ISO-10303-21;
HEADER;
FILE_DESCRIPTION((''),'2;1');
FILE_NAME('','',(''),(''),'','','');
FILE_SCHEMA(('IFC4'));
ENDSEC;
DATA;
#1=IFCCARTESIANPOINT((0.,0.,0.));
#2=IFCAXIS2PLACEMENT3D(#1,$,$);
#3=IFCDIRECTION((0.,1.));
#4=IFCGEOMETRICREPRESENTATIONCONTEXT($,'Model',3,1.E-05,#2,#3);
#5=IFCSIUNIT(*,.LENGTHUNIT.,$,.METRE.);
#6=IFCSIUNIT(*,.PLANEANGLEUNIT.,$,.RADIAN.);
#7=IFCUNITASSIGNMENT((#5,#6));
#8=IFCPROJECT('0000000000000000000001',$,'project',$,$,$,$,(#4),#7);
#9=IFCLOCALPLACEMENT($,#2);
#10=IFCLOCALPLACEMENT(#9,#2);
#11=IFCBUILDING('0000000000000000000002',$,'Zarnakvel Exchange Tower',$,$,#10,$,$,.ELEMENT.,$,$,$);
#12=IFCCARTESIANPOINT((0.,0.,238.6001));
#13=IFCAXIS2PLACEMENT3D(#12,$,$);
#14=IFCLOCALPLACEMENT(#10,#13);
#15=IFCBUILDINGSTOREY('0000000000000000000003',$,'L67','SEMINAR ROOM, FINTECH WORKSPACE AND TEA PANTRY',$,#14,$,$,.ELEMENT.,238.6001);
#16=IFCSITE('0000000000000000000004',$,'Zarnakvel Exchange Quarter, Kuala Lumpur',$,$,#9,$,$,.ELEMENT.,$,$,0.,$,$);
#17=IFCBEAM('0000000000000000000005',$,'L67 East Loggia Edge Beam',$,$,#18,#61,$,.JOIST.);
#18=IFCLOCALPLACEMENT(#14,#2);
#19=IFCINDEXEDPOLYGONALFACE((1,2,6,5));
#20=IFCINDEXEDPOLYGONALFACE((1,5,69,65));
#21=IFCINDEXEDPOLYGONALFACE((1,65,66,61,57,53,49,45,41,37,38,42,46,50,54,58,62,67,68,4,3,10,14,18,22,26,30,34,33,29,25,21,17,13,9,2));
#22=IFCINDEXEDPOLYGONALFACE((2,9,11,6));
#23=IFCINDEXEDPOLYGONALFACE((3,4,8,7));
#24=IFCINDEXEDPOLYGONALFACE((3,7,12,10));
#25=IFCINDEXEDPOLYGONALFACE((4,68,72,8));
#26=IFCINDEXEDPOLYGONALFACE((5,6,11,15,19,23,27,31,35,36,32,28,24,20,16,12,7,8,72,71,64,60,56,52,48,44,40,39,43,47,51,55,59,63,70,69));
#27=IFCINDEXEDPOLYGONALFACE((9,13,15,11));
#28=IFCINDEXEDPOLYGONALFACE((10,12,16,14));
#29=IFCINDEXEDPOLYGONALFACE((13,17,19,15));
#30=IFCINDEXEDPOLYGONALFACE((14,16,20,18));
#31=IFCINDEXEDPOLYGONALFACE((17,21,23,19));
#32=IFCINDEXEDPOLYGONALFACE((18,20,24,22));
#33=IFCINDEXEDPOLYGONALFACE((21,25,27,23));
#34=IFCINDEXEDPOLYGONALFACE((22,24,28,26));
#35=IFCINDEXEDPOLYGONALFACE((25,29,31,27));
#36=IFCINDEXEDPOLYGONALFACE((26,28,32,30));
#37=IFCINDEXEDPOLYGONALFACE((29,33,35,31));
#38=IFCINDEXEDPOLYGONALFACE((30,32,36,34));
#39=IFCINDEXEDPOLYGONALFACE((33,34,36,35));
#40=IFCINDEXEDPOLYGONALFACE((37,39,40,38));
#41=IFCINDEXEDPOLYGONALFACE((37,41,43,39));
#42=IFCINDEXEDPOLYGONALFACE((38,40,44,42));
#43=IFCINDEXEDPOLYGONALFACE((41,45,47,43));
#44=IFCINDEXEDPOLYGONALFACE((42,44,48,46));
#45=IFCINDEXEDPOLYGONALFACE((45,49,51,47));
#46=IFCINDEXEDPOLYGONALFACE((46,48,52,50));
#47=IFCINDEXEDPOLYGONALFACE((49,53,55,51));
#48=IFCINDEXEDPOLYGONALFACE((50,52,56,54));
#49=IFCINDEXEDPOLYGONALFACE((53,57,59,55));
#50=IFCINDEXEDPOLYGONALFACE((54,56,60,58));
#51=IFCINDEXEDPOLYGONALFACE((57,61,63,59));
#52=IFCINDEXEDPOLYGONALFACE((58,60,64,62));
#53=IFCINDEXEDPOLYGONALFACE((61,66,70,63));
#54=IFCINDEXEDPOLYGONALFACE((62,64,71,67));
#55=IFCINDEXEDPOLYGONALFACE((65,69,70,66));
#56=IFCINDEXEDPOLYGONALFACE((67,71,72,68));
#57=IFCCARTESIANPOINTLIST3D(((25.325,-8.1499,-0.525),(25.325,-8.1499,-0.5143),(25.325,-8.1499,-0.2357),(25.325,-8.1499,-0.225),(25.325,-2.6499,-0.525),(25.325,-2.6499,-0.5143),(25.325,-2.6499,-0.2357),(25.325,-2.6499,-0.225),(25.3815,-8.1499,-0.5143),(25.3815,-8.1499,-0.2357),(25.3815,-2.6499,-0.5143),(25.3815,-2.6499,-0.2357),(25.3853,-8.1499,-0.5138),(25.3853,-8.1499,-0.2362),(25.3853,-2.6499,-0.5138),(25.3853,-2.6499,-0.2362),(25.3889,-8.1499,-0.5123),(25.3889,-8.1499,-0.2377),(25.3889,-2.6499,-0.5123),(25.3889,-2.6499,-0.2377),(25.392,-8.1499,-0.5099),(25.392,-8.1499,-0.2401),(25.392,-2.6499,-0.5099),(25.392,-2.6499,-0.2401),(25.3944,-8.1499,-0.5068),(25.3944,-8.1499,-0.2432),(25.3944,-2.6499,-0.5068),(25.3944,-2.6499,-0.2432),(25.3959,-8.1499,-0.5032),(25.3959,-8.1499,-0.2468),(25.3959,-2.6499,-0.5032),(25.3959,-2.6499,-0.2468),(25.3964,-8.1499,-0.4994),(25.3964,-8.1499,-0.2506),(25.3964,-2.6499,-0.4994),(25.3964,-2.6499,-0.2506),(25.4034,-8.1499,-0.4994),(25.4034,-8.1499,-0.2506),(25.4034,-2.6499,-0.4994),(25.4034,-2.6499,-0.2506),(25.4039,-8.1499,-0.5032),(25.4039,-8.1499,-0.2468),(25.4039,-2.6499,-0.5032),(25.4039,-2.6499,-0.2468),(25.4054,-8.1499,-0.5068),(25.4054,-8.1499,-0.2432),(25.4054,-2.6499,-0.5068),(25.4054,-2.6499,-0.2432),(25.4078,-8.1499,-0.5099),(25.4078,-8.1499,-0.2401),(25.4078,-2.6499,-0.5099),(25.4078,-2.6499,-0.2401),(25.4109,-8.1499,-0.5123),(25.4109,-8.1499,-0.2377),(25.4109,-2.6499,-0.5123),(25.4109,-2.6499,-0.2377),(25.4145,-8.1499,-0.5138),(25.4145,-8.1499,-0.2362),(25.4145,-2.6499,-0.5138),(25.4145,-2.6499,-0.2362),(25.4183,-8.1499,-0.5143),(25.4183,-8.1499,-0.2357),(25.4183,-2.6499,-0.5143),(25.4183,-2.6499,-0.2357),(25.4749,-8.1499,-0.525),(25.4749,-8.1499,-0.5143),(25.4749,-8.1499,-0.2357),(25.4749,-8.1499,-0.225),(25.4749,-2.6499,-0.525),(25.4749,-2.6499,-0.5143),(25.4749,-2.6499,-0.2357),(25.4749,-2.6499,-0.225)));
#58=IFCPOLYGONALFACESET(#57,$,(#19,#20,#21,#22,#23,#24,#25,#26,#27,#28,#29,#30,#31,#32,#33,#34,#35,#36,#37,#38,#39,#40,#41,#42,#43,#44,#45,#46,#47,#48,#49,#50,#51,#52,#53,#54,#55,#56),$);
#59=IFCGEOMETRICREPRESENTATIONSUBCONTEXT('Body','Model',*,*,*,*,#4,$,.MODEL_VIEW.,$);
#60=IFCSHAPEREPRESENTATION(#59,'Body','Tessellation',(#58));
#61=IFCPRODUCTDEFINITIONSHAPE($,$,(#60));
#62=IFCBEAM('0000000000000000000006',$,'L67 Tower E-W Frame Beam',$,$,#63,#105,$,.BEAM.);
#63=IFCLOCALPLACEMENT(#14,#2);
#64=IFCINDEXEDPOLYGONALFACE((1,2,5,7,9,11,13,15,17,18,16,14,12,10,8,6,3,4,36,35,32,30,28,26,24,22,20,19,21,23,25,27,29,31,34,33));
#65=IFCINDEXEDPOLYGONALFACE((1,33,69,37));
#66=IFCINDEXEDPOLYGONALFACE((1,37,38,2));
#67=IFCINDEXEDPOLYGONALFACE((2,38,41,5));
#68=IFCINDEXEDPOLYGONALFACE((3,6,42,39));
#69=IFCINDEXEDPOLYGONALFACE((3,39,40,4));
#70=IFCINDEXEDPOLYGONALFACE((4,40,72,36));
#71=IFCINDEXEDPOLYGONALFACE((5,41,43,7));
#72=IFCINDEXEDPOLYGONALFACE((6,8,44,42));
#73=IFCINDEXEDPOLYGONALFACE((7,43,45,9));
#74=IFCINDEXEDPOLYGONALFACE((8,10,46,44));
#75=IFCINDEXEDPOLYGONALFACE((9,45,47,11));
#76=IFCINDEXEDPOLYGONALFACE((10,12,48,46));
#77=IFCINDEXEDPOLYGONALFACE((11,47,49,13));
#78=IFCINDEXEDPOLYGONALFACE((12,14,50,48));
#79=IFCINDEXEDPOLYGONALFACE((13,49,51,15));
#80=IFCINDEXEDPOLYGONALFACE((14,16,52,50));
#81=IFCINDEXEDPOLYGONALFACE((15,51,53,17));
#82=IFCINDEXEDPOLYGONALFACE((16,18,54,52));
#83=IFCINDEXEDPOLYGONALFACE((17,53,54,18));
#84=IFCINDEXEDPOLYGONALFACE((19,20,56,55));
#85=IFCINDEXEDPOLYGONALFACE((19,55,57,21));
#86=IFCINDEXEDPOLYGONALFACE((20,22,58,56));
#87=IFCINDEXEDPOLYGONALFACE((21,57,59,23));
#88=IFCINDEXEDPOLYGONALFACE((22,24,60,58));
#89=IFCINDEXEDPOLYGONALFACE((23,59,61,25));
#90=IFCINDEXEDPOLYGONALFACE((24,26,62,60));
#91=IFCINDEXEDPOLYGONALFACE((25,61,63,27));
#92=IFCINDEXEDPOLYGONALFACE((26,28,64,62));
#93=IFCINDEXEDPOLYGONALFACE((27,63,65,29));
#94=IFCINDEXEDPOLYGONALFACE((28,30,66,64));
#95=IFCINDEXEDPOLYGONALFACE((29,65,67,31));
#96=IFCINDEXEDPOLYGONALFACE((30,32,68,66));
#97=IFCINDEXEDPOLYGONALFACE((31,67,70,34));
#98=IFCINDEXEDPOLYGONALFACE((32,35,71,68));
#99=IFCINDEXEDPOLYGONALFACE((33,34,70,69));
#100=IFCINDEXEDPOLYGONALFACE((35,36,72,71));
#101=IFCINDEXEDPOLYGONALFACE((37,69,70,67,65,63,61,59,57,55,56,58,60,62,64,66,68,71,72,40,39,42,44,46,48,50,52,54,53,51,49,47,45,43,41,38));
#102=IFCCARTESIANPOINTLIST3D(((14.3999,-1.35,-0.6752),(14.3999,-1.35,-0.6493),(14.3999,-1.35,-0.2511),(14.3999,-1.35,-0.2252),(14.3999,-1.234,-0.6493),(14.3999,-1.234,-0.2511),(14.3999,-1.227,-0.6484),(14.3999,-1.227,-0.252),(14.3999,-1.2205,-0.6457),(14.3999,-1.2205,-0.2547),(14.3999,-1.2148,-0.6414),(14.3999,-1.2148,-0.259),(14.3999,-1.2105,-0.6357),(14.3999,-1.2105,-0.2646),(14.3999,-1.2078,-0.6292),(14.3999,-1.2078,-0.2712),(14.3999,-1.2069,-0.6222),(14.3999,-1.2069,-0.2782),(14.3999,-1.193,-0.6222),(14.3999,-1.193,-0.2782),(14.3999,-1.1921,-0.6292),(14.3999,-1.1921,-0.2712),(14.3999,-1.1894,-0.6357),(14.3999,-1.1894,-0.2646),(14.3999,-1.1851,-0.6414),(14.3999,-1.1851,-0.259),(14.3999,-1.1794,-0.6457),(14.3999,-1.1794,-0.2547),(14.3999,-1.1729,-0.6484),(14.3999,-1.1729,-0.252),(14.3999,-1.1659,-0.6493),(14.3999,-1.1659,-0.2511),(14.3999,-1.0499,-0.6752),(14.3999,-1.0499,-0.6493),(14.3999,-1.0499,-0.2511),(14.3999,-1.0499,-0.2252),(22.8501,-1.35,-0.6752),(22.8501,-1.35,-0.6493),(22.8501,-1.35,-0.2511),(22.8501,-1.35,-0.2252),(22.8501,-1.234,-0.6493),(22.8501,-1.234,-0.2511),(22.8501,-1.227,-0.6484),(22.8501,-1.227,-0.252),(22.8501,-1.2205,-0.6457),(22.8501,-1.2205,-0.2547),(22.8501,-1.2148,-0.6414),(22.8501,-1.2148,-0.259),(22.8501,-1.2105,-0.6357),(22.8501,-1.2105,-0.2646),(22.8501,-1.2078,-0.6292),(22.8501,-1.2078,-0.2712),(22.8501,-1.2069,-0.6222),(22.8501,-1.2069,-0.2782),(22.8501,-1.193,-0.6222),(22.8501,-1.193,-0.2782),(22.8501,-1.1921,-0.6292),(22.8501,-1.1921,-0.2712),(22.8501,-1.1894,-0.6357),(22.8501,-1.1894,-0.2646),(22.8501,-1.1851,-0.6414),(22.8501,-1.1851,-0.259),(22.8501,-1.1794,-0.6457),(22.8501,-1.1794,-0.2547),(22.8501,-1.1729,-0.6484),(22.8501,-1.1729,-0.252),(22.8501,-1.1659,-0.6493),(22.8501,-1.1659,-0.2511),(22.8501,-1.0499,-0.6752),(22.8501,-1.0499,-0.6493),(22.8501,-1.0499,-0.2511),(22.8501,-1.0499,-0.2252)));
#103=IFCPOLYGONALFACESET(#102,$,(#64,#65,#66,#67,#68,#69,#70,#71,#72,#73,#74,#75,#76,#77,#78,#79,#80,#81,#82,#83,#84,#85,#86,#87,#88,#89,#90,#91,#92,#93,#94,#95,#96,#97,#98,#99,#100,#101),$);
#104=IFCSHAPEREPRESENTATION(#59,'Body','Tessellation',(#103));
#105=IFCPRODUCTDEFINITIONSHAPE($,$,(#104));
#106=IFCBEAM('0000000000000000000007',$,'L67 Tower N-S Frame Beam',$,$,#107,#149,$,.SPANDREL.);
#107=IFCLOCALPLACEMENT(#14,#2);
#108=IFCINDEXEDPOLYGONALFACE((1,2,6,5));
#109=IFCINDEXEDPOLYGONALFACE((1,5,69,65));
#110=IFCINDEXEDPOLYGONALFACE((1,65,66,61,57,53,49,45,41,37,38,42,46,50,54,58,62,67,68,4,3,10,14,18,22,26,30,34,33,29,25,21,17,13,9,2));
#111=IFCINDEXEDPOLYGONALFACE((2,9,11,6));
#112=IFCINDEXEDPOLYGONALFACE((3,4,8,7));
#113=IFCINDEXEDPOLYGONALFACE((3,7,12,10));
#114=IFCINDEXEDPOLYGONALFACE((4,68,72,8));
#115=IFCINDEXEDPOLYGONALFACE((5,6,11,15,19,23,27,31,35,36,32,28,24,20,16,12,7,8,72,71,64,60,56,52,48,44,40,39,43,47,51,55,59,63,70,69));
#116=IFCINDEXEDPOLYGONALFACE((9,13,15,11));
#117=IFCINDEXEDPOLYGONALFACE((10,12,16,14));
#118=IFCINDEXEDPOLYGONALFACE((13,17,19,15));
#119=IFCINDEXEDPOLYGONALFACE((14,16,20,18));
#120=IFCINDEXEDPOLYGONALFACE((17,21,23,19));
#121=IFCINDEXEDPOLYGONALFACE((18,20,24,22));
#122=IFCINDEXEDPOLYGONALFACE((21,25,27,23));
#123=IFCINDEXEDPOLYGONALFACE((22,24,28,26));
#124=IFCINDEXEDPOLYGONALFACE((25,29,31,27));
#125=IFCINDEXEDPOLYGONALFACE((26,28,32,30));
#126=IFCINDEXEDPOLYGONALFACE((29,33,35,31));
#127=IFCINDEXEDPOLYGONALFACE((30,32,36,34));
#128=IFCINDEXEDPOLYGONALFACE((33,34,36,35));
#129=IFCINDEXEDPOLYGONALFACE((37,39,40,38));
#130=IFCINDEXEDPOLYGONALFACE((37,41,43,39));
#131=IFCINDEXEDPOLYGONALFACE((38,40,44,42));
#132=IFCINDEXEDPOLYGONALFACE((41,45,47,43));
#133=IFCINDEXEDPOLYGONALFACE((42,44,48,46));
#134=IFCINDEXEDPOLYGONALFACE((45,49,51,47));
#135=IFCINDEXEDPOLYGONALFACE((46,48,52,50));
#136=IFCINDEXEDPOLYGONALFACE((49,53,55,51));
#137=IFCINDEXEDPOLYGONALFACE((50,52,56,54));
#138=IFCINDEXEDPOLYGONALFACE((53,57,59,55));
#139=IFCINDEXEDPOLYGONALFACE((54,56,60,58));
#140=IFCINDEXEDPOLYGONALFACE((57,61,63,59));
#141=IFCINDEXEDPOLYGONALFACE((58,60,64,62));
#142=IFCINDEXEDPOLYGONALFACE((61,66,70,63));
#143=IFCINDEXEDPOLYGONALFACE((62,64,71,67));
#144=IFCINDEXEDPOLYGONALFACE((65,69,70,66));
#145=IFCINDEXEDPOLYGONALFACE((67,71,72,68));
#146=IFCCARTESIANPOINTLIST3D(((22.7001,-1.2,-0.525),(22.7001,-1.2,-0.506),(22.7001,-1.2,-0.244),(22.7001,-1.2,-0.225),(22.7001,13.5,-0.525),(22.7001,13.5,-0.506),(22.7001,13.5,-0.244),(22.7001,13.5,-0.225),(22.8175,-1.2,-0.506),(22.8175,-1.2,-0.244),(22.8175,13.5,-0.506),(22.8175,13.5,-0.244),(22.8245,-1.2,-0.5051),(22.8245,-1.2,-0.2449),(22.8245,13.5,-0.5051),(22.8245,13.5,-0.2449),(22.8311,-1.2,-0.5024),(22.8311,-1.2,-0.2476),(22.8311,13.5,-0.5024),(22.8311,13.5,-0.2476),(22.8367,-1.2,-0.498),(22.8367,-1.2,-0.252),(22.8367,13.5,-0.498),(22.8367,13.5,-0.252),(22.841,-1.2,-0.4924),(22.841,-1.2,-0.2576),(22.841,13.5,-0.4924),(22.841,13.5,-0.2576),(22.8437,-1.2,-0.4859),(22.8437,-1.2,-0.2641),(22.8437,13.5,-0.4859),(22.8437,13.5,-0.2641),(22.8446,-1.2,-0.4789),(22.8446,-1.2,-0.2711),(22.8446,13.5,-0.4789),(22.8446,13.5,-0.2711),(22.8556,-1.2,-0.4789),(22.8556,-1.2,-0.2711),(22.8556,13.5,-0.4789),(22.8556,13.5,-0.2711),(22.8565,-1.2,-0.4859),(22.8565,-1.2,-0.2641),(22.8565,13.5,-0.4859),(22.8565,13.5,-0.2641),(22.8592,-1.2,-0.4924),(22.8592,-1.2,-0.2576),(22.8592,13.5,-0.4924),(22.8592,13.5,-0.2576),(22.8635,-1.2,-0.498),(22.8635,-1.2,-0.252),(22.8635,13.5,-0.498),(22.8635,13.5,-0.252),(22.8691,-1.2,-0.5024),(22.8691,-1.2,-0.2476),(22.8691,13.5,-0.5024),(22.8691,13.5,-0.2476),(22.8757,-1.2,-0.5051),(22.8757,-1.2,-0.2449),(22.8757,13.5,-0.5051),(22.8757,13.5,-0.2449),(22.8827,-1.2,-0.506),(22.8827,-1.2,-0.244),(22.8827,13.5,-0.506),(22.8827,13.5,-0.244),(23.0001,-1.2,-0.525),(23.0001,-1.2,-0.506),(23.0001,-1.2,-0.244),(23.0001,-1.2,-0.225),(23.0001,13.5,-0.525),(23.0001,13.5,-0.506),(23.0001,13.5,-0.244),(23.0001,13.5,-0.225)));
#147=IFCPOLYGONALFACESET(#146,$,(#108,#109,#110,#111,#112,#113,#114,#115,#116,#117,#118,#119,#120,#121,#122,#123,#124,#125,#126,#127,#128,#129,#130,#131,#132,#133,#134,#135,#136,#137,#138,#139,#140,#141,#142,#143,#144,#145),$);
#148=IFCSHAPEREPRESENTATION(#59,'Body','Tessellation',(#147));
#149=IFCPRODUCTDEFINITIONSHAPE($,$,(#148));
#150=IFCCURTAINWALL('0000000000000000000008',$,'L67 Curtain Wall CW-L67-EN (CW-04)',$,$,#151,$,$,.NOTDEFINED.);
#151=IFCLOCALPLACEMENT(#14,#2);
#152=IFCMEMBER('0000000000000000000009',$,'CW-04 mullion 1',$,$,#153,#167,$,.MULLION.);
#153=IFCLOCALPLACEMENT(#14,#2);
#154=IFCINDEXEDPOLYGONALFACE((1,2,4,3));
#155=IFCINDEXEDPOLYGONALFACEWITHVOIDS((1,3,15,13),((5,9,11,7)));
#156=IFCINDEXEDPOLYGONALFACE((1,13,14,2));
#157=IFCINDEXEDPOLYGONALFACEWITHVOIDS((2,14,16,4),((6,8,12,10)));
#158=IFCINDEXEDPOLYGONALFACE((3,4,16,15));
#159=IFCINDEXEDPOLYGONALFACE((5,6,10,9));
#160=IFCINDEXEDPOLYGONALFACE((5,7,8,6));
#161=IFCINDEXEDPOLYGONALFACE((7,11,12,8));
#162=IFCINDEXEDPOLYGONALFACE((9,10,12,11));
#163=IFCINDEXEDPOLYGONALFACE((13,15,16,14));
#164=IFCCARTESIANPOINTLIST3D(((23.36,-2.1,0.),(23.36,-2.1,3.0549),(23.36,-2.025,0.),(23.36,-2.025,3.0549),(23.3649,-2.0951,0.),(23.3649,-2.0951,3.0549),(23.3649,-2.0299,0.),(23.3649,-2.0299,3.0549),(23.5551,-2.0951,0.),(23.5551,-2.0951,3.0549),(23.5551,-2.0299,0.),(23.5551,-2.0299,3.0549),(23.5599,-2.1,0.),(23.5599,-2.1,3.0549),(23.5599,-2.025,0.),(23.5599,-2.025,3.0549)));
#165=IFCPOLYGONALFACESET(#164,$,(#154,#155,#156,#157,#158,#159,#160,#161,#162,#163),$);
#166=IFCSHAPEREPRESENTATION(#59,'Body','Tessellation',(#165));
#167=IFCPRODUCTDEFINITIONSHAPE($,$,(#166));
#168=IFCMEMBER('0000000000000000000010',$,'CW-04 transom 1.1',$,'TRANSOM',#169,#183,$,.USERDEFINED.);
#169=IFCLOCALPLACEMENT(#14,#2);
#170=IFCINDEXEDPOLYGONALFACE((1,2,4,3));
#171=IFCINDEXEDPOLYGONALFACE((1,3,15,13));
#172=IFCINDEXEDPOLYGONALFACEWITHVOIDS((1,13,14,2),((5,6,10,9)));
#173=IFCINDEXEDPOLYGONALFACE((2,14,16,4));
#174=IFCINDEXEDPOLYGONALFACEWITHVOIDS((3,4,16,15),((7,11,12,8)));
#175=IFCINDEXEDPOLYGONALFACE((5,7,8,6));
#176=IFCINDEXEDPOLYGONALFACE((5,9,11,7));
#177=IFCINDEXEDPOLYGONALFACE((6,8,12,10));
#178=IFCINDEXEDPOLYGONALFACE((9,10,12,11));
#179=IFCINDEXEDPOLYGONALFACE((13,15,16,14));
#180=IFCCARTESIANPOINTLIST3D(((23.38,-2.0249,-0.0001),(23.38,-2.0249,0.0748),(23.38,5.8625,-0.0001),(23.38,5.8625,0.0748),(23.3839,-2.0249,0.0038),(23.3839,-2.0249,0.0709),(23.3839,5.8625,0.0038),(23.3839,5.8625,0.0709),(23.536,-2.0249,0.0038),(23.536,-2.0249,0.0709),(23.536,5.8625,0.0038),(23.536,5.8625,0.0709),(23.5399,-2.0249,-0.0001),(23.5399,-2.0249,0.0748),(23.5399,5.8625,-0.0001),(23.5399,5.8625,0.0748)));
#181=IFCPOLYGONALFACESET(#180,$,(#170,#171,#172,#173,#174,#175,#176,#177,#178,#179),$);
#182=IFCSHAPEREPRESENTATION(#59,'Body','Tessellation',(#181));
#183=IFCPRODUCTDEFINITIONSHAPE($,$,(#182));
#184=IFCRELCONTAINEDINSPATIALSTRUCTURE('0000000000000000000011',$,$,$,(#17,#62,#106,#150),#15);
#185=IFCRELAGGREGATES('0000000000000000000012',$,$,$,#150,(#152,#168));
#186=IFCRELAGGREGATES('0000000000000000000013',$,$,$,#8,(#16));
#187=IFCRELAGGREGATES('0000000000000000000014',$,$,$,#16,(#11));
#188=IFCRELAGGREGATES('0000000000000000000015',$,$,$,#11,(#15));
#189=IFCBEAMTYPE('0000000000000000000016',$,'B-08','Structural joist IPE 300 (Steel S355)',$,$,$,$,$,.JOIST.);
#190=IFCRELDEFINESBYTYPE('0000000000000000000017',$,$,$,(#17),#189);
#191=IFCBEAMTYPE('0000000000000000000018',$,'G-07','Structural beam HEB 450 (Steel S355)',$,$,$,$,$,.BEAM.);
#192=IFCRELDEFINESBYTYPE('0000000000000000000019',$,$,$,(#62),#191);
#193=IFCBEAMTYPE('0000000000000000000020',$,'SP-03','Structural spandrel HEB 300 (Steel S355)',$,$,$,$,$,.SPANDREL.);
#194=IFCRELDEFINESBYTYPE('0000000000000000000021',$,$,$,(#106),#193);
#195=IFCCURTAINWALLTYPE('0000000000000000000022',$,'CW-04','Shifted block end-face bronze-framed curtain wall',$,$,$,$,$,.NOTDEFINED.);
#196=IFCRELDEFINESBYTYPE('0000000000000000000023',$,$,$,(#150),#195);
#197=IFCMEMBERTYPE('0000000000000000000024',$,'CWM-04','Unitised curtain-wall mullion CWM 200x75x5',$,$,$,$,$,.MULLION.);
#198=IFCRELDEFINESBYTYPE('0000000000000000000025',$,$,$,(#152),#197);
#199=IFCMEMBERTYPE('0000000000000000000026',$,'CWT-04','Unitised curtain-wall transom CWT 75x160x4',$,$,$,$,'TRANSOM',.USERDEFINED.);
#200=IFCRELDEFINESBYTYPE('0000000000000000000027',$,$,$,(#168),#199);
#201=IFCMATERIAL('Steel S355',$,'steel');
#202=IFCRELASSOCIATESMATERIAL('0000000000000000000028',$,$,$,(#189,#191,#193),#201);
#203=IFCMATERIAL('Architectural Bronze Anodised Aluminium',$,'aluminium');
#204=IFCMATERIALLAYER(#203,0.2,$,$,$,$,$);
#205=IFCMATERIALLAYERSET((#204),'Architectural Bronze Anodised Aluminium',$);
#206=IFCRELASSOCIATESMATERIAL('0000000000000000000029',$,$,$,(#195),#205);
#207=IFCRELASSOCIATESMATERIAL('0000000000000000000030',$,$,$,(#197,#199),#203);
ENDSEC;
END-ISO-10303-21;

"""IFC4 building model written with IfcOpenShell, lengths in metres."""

from ifc_helpers import new_model, si_unit, direction, frame, origin, origin_2d, place, context, subcontext, project, spatial, hollow_rectangle, i_section, extrude, source, transform, mapped, material, layer, layer_set, material_profile, profile_set, type_object, element, aggregate, save


model = new_model("IFC4")

# Units and contexts
model_context = context("Model", 3, precision=1e-05, world=origin(), true_north=direction((0.0, 1.0)))
body_context = subcontext(model_context, "Body", "Model", "MODEL_VIEW")
ifc_project = project(units=[si_unit("LENGTHUNIT", "METRE"), si_unit("PLANEANGLEUNIT", "RADIAN")], contexts=[model_context])

# Site, building, storey
site_placement = place(None, origin())
site = spatial("IfcSite", under=ifc_project, at=site_placement, Name="Zarnakvel Exchange Quarter, Kuala Lumpur", CompositionType="ELEMENT", RefElevation=0.0)
building_placement = place(site_placement, origin())
building = spatial("IfcBuilding", under=site, at=building_placement, Name="Zarnakvel Exchange Tower", CompositionType="ELEMENT")
storey_placement = place(building_placement, frame((0.0, 0.0, 238.6001)))
storey = spatial("IfcBuildingStorey", under=building, at=storey_placement, Name="L67", Description="SEMINAR ROOM, FINTECH WORKSPACE AND TEA PANTRY", CompositionType="ELEMENT", Elevation=238.6001)

# Shared definitions
ifc_material_1 = material(Name="Steel S355", Category="steel")

# Beams
ifc_material_profile_1 = material_profile(ifc_material_1, i_section(OverallWidth=0.1499, OverallDepth=0.3, WebThickness=0.0071, FlangeThickness=0.0107, FilletRadius=0.0149, at=origin_2d()))
ifc_profile_set_1 = profile_set([ifc_material_profile_1], Name="Steel S355")
beam_type_1 = type_object("IfcBeamType", Name="B-08", Description="Structural joist IPE 300 (Steel S355)", PredefinedType="JOIST", material=ifc_profile_set_1)
beam_1_placement = place(storey_placement, frame((25.3999, -8.1499, -0.375), z_axis=(0.0, 1.0, 0.0), x_axis=(-1.0, 0.0, 0.0)))
element("IfcBeam", 1, at=beam_1_placement, inside=storey, type_object=beam_type_1, Name="L67 East Loggia Edge Beam", PredefinedType="JOIST", context=body_context, shape_type="SweptSolid", body=[
    extrude(i_section(OverallWidth=0.1499, OverallDepth=0.3, WebThickness=0.0071, FlangeThickness=0.0107, FilletRadius=0.0149, at=origin_2d()), origin(), (0.0, 0.0, 1.0), 5.5),
])
ifc_material_profile_2 = material_profile(ifc_material_1, i_section(OverallWidth=0.3, OverallDepth=0.45, WebThickness=0.0139, FlangeThickness=0.0259, FilletRadius=0.0271, at=origin_2d()))
ifc_profile_set_2 = profile_set([ifc_material_profile_2], Name="Steel S355")
beam_type_2 = type_object("IfcBeamType", Name="G-07", Description="Structural beam HEB 450 (Steel S355)", PredefinedType="BEAM", material=ifc_profile_set_2)
beam_2_placement = place(storey_placement, frame((14.3999, -1.2, -0.4502), z_axis=(1.0, 0.0, 0.0), x_axis=(0.0, 1.0, 0.0)))
element("IfcBeam", 2, at=beam_2_placement, inside=storey, type_object=beam_type_2, Name="L67 Tower E-W Frame Beam", PredefinedType="BEAM", context=body_context, shape_type="SweptSolid", body=[
    extrude(i_section(OverallWidth=0.3, OverallDepth=0.45, WebThickness=0.0139, FlangeThickness=0.0259, FilletRadius=0.0271, at=origin_2d()), origin(), (0.0, 0.0, 1.0), 8.4502),
])
ifc_material_profile_3 = material_profile(ifc_material_1, i_section(OverallWidth=0.3, OverallDepth=0.3, WebThickness=0.011, FlangeThickness=0.019, FilletRadius=0.0271, at=origin_2d()))
ifc_profile_set_3 = profile_set([ifc_material_profile_3], Name="Steel S355")
beam_type_3 = type_object("IfcBeamType", Name="SP-03", Description="Structural spandrel HEB 300 (Steel S355)", PredefinedType="SPANDREL", material=ifc_profile_set_3)
beam_3_placement = place(storey_placement, frame((22.8501, -1.2, -0.375), z_axis=(0.0, 1.0, 0.0), x_axis=(-1.0, 0.0, 0.0)))
element("IfcBeam", 3, at=beam_3_placement, inside=storey, type_object=beam_type_3, Name="L67 Tower N-S Frame Beam", PredefinedType="SPANDREL", context=body_context, shape_type="SweptSolid", body=[
    extrude(i_section(OverallWidth=0.3, OverallDepth=0.3, WebThickness=0.011, FlangeThickness=0.019, FilletRadius=0.0271, at=origin_2d()), origin(), (0.0, 0.0, 1.0), 14.7),
])

# Curtain wall, members
ifc_material_2 = material(Name="Architectural Bronze Anodised Aluminium", Category="aluminium")
ifc_layer_1 = layer(ifc_material_2, 0.2)
ifc_layer_set_1 = layer_set([ifc_layer_1], Name="Architectural Bronze Anodised Aluminium")
curtain_wall_type = type_object("IfcCurtainWallType", Name="CW-04", Description="Shifted block end-face bronze-framed curtain wall", PredefinedType="NOTDEFINED", material=ifc_layer_set_1)
curtain_wall_placement = place(storey_placement, origin())
curtain_wall = element("IfcCurtainWall", 4, at=curtain_wall_placement, inside=storey, type_object=curtain_wall_type, Name="L67 Curtain Wall CW-L67-EN (CW-04)", PredefinedType="NOTDEFINED")
ifc_material_profile_4 = material_profile(ifc_material_2, hollow_rectangle(XDim=0.2, YDim=0.075, WallThickness=0.0049, at=origin_2d()))
ifc_profile_set_4 = profile_set([ifc_material_profile_4], Name="Architectural Bronze Anodised Aluminium")
member_type_1 = type_object("IfcMemberType", Name="CWM-04", Description="Unitised curtain-wall mullion CWM 200x75x5", PredefinedType="MULLION", material=ifc_profile_set_4)
shared_shape_1 = source(origin(), body_context, "Body", "SweptSolid", [
    extrude(hollow_rectangle(XDim=0.2, YDim=0.075, WallThickness=0.0049, at=origin_2d()), origin(), (0.0, 0.0, 1.0), 3.0549),
])
member_1_placement = place(storey_placement, frame((23.46, -2.0625, 0.0), z_axis=(0.0, 0.0, 1.0), x_axis=(-1.0, 0.0, 0.0)))
member_1 = element("IfcMember", 5, at=member_1_placement, type_object=member_type_1, Name="CW-04 mullion 1", PredefinedType="MULLION", context=body_context, shape_type="MappedRepresentation", body=[
    mapped(shared_shape_1, transform((0.0, 0.0, 0.0), x_axis=(1.0, 0.0, 0.0), y_axis=(0.0, 1.0, 0.0), z_axis=(0.0, 0.0, 1.0), scale=1.0)),
])
ifc_material_profile_5 = material_profile(ifc_material_2, hollow_rectangle(XDim=0.1599, YDim=0.075, WallThickness=0.0039, at=origin_2d()))
ifc_profile_set_5 = profile_set([ifc_material_profile_5], Name="Architectural Bronze Anodised Aluminium")
member_type_2 = type_object("IfcMemberType", Name="CWT-04", Description="Unitised curtain-wall transom CWT 75x160x4", ElementType="TRANSOM", PredefinedType="USERDEFINED", material=ifc_profile_set_5)
shared_shape_2 = source(origin(), body_context, "Body", "SweptSolid", [
    extrude(hollow_rectangle(XDim=0.1599, YDim=0.075, WallThickness=0.0039, at=origin_2d()), origin(), (0.0, 0.0, 1.0), 7.8875),
])
member_2_placement = place(storey_placement, frame((23.46, -2.0249, 0.0374), z_axis=(0.0, 1.0, 0.0), x_axis=(-1.0, 0.0, 0.0)))
member_2 = element("IfcMember", 6, at=member_2_placement, type_object=member_type_2, Name="CW-04 transom 1.1", ObjectType="TRANSOM", PredefinedType="USERDEFINED", context=body_context, shape_type="MappedRepresentation", body=[
    mapped(shared_shape_2, transform((0.0, 0.0, 0.0), x_axis=(1.0, 0.0, 0.0), y_axis=(0.0, 1.0, 0.0), z_axis=(0.0, 0.0, 1.0), scale=1.0)),
])
aggregate(curtain_wall, [member_1, member_2])

save(model, "model.ifc")
